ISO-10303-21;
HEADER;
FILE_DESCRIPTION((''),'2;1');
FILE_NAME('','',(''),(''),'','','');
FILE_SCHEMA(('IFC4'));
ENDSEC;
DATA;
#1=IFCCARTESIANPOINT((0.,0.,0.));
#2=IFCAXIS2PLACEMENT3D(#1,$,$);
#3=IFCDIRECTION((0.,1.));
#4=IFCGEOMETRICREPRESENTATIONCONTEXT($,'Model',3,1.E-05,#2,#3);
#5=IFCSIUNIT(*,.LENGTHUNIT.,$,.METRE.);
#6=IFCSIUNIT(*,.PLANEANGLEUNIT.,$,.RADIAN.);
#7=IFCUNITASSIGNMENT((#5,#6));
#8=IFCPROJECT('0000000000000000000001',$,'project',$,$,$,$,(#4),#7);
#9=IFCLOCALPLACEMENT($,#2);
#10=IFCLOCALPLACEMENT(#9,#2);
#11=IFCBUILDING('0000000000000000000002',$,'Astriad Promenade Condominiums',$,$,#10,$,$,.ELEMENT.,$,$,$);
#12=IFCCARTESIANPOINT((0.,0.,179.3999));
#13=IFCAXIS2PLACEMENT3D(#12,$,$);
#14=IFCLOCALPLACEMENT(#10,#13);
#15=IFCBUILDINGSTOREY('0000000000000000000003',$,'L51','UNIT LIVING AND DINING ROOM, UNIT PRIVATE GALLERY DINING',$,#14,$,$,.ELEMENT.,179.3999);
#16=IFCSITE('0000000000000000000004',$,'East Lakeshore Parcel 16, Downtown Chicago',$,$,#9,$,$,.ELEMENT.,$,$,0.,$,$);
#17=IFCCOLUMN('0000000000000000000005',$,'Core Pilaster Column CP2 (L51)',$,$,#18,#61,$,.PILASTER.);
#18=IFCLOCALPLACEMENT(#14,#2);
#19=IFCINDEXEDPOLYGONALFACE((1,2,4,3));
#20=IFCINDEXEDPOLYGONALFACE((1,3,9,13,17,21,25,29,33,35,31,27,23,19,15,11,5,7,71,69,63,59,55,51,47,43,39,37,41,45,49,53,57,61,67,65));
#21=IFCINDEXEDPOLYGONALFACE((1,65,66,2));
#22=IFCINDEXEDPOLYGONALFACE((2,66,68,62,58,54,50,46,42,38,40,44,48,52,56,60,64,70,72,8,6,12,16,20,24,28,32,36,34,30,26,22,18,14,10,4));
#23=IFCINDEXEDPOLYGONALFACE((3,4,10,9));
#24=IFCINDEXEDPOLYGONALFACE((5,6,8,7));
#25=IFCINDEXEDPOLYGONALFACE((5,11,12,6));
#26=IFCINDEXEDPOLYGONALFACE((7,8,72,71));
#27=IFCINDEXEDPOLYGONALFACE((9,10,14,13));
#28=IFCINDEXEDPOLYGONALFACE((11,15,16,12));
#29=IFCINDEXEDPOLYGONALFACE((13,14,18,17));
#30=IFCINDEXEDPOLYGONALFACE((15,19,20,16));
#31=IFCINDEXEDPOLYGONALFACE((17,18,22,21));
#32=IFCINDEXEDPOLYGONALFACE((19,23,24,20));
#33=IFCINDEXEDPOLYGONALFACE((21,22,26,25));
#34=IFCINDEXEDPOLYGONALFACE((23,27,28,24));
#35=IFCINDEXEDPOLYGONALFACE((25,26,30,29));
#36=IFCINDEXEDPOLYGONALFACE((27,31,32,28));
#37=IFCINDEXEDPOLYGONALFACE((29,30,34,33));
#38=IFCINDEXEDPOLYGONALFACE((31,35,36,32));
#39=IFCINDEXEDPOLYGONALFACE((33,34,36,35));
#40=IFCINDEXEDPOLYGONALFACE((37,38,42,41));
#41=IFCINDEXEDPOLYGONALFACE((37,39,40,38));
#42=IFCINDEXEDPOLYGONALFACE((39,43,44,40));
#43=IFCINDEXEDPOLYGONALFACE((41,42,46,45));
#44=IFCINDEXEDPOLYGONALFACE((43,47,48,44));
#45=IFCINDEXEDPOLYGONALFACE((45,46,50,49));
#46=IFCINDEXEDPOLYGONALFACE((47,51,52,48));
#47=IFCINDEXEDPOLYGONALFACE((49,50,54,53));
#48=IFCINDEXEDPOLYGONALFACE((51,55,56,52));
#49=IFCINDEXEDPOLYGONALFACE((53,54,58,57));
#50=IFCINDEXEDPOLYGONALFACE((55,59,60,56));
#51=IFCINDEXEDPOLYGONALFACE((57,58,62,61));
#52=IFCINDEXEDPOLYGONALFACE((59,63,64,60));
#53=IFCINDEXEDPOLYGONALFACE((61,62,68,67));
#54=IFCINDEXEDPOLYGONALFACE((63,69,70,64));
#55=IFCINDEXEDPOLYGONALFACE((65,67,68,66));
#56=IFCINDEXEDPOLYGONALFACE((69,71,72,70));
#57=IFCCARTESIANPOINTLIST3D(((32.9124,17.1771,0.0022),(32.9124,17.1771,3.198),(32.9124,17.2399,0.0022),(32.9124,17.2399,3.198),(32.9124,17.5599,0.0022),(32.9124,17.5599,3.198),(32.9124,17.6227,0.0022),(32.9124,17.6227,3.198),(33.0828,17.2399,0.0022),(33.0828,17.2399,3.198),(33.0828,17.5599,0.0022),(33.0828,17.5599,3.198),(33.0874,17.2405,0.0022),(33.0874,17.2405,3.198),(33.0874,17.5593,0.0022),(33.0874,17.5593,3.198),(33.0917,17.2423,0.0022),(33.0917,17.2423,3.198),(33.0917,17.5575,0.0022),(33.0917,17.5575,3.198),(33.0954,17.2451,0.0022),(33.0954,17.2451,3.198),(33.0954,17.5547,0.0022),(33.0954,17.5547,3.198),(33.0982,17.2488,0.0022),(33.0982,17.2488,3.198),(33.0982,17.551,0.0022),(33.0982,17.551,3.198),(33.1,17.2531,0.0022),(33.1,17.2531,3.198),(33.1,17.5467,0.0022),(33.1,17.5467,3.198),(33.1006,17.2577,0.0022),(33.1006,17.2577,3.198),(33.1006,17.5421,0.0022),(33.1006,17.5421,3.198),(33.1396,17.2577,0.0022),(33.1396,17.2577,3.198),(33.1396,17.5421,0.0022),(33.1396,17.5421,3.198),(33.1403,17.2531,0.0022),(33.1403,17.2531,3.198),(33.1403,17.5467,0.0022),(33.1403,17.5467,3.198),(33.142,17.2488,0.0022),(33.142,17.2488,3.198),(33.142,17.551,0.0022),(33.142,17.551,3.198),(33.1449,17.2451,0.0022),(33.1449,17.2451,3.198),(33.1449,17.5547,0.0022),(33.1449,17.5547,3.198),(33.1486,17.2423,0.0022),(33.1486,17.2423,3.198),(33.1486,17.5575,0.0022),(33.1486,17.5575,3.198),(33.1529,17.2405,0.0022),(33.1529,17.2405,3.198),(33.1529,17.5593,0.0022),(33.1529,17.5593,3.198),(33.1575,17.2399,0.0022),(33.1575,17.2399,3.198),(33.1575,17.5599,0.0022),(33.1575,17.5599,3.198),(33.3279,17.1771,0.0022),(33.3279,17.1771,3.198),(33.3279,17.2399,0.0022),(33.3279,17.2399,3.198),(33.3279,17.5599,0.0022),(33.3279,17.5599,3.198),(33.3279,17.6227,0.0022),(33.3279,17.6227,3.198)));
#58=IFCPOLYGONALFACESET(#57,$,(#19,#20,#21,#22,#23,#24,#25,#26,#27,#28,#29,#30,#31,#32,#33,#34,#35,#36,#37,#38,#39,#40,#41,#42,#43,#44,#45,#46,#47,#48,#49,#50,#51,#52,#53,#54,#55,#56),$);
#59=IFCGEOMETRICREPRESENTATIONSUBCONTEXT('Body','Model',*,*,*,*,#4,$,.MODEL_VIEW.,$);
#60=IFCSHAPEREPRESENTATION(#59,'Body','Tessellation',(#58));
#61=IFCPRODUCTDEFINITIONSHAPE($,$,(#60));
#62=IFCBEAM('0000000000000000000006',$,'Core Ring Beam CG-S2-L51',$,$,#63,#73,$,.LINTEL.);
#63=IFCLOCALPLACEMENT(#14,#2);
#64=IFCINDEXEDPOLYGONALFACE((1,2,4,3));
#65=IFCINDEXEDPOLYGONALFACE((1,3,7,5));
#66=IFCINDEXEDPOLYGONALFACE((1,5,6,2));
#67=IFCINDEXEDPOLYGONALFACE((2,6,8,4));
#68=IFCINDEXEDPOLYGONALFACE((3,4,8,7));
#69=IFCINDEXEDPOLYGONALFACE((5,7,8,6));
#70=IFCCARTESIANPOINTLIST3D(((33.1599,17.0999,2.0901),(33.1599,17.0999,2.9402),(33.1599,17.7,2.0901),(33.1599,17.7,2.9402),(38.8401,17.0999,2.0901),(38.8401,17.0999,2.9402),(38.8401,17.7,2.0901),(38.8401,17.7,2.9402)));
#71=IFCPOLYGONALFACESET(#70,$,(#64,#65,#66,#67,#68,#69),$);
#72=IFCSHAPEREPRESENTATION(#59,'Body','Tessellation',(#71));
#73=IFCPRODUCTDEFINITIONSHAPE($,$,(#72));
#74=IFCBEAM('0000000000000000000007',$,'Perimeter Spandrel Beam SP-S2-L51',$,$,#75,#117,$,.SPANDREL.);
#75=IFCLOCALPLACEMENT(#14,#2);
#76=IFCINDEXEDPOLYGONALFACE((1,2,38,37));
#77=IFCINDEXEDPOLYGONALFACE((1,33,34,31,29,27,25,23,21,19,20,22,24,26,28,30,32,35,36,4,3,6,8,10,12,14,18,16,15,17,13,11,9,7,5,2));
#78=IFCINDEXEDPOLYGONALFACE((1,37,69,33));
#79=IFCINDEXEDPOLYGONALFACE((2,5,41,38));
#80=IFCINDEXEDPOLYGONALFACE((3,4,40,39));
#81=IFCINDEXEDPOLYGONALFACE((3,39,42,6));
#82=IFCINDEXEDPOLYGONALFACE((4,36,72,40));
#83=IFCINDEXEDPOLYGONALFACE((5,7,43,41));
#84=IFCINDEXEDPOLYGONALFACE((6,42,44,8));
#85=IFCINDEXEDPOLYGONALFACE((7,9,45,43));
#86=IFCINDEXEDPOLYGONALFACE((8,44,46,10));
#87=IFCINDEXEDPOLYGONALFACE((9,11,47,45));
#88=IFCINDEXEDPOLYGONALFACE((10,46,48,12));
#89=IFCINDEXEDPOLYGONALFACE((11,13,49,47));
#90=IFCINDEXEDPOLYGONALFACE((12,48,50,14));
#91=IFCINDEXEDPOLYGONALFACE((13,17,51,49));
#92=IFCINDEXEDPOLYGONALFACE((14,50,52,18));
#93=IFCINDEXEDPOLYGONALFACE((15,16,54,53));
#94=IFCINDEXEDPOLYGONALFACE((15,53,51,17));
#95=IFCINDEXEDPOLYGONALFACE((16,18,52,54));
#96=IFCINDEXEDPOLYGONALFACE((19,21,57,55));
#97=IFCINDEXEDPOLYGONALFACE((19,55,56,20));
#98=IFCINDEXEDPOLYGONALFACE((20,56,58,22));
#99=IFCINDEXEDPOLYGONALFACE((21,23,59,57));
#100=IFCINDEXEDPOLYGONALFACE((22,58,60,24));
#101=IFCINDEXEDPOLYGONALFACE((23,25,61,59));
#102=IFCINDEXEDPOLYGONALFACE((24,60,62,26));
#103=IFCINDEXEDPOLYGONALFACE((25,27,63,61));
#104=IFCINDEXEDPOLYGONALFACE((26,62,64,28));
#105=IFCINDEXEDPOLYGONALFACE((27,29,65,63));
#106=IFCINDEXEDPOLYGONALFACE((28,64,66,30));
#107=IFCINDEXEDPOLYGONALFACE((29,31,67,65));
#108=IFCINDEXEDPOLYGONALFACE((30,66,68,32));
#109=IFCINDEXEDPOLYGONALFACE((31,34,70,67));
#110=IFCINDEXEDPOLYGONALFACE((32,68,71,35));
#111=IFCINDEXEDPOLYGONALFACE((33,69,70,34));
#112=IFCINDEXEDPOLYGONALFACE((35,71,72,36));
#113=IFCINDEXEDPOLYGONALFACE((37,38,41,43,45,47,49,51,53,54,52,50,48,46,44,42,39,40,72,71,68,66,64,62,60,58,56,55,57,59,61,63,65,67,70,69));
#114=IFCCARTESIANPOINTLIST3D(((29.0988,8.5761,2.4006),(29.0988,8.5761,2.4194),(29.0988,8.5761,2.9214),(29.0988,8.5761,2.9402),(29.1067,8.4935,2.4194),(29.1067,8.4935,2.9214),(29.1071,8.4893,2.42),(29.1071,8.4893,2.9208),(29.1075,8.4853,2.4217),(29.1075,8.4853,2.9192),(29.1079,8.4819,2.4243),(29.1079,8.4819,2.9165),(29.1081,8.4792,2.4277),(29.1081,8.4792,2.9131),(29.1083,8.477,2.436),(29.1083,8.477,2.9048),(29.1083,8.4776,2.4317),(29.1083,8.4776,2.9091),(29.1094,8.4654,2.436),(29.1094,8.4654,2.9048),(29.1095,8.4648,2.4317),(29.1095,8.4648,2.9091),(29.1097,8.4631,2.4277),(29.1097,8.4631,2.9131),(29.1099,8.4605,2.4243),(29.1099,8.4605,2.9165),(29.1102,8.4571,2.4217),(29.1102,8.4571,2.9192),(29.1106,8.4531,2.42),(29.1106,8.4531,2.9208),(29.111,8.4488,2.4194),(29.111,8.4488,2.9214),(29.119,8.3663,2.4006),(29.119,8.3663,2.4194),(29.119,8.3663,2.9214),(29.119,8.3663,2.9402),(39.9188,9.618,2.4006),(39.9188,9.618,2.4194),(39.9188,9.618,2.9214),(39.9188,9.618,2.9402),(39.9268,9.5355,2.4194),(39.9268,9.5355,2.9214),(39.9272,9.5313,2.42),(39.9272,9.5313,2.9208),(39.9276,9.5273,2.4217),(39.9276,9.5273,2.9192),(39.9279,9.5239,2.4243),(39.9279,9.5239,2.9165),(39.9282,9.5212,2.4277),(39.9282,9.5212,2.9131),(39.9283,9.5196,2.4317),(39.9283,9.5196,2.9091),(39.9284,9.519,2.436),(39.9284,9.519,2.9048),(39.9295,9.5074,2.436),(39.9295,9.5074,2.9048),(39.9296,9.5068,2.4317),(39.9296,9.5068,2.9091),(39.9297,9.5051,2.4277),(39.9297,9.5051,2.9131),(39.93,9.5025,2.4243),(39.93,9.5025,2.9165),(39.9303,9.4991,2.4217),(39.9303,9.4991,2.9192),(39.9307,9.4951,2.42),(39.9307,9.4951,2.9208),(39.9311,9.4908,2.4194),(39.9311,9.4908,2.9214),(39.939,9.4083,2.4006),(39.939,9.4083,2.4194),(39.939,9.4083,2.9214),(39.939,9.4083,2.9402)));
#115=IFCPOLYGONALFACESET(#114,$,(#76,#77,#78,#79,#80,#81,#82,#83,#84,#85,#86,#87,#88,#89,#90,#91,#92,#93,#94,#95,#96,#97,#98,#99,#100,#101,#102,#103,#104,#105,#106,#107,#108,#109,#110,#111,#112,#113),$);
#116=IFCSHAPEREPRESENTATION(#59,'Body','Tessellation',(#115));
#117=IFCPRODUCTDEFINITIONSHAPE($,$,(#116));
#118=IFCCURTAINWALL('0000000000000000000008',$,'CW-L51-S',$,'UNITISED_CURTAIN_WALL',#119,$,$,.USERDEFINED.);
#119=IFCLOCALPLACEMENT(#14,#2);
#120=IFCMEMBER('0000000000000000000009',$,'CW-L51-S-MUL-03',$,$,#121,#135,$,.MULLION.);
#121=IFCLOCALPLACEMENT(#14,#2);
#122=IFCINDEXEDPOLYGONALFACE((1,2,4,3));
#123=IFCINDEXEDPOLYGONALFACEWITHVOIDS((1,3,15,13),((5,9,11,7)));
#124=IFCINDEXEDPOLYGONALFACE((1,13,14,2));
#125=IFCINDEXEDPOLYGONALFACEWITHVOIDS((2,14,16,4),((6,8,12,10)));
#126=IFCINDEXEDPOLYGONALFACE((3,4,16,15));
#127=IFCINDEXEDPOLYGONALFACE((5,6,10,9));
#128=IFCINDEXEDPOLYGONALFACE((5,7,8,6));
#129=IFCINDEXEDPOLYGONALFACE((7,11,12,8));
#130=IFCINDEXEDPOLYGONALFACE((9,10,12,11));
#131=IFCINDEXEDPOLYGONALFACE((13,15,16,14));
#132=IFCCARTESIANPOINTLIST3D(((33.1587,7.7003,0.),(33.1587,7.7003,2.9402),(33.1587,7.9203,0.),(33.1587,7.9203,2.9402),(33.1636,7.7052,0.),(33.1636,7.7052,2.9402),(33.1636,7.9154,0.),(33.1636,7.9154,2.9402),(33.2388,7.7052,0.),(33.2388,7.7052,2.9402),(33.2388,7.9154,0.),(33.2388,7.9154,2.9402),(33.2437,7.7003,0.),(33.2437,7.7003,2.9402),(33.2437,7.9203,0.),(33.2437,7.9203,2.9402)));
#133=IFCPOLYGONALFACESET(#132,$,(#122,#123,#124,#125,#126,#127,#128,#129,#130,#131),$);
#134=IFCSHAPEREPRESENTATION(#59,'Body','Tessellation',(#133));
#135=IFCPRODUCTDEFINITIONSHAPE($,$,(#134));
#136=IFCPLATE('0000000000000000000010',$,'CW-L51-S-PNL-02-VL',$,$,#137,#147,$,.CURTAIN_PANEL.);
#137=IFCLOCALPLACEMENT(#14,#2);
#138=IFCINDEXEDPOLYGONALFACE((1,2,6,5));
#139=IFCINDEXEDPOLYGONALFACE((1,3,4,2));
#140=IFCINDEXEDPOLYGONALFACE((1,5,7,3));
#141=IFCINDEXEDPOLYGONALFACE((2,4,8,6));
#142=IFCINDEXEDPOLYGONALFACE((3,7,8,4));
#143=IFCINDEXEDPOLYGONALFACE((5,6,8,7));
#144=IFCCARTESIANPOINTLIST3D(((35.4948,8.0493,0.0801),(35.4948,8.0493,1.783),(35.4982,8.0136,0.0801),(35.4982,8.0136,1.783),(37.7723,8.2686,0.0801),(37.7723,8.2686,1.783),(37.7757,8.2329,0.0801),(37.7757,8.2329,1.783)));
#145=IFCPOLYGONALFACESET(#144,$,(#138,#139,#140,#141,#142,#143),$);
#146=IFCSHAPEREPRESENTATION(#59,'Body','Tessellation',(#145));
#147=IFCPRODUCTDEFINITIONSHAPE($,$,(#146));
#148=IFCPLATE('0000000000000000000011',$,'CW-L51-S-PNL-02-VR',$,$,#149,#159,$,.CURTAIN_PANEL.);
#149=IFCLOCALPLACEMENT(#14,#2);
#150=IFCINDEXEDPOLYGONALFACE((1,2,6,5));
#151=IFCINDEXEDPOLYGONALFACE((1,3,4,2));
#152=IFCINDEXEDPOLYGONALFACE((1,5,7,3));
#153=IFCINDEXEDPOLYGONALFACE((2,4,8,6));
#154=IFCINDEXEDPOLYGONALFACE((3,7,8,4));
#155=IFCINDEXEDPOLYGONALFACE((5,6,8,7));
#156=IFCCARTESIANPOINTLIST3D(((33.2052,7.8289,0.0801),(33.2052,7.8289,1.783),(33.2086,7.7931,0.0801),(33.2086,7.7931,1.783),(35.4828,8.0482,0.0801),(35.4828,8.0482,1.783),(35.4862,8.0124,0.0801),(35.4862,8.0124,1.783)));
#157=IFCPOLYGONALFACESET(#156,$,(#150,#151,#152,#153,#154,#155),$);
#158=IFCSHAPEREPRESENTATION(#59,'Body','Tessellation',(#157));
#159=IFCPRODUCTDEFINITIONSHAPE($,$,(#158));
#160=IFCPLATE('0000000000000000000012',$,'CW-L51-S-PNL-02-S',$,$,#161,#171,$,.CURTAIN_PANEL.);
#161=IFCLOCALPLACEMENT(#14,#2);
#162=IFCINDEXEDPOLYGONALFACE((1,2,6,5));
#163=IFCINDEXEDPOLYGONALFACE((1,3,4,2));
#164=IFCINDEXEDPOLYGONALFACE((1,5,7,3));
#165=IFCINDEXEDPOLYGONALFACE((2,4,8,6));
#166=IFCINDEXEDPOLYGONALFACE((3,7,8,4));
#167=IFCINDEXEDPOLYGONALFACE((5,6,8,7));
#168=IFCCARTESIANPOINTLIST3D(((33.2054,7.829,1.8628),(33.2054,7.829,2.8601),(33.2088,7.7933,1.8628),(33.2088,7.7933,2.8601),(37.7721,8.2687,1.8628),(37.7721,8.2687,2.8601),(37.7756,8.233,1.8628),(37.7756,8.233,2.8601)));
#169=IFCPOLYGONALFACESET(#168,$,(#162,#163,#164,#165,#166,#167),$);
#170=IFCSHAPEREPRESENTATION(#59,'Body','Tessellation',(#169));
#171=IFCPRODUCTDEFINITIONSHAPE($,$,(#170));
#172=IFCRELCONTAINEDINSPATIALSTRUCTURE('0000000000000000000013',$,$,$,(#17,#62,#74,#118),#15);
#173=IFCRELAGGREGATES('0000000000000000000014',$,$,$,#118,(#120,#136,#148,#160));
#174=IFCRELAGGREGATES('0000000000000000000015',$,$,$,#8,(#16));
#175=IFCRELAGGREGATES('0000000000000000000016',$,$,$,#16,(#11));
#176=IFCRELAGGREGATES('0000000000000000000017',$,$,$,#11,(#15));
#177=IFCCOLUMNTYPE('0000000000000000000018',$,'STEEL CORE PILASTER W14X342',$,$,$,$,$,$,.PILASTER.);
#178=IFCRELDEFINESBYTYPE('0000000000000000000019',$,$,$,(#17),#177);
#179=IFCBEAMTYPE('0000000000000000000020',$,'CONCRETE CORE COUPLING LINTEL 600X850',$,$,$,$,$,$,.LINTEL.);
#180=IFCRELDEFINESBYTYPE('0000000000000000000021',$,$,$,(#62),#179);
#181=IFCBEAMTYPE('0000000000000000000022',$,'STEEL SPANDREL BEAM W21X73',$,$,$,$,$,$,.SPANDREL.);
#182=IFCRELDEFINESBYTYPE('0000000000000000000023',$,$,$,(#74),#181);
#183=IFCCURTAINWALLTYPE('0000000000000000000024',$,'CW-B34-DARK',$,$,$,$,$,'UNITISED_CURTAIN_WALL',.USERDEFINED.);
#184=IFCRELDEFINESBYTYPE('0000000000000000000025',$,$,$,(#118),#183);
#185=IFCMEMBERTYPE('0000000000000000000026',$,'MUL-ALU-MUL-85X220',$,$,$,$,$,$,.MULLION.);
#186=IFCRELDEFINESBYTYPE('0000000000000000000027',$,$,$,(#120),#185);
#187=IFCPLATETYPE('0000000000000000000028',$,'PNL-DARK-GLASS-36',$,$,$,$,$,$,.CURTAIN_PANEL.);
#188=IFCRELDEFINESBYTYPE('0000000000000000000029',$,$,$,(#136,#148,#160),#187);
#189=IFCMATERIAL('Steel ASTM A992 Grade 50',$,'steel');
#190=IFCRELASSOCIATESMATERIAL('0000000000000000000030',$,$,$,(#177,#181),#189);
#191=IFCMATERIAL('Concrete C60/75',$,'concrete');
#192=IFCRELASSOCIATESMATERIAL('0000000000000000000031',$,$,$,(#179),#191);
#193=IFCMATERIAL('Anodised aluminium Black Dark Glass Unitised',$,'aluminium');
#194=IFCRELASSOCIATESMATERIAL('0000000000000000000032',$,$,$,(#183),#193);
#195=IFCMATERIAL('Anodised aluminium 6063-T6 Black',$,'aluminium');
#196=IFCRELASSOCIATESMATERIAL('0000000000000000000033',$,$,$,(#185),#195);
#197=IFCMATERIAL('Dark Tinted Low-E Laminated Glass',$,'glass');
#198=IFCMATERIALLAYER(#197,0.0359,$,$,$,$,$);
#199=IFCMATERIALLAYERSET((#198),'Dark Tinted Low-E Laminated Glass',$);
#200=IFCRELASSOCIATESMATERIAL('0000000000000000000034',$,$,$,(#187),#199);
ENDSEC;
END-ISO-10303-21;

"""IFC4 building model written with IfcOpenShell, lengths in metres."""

from ifc_helpers import new_model, si_unit, direction, frame, origin, origin_2d, place, context, subcontext, project, spatial, rectangle, hollow_rectangle, i_section, extrude, source, transform, mapped, material, layer, layer_set, material_profile, profile_set, type_object, type_shapes, element, aggregate, save


model = new_model("IFC4")

# Units and contexts
model_context = context("Model", 3, precision=1e-05, world=origin(), true_north=direction((0.0, 1.0)))
body_context = subcontext(model_context, "Body", "Model", "MODEL_VIEW")
ifc_project = project(units=[si_unit("LENGTHUNIT", "METRE"), si_unit("PLANEANGLEUNIT", "RADIAN")], contexts=[model_context])

# Site, building, storey
site_placement = place(None, origin())
site = spatial("IfcSite", under=ifc_project, at=site_placement, Name="East Lakeshore Parcel 16, Downtown Chicago", CompositionType="ELEMENT", RefElevation=0.0)
building_placement = place(site_placement, origin())
building = spatial("IfcBuilding", under=site, at=building_placement, Name="Astriad Promenade Condominiums", CompositionType="ELEMENT")
storey_placement = place(building_placement, frame((0.0, 0.0, 179.3999)))
storey = spatial("IfcBuildingStorey", under=building, at=storey_placement, Name="L51", Description="UNIT LIVING AND DINING ROOM, UNIT PRIVATE GALLERY DINING", CompositionType="ELEMENT", Elevation=179.3999)

# Column
ifc_material_1 = material(Name="Steel ASTM A992 Grade 50", Category="steel")
ifc_material_profile_1 = material_profile(ifc_material_1, i_section(OverallWidth=0.4155, OverallDepth=0.4456, WebThickness=0.0391, FlangeThickness=0.0627, FilletRadius=0.0178, at=origin_2d()), Name="W14X342")
ifc_profile_set_1 = profile_set([ifc_material_profile_1], Name="Steel ASTM A992 Grade 50")
column_type = type_object("IfcColumnType", Name="STEEL CORE PILASTER W14X342", PredefinedType="PILASTER", material=ifc_profile_set_1)
shared_shape_1 = source(origin(), body_context, "Body", "SweptSolid", [
    extrude(i_section(OverallWidth=0.4155, OverallDepth=0.4456, WebThickness=0.0391, FlangeThickness=0.0627, FilletRadius=0.0178, at=origin_2d()), origin(), (0.0, 0.0, 1.0), 3.1958),
])
type_shapes(column_type, [shared_shape_1])
column_placement = place(storey_placement, frame((33.1201, 17.3999, 0.0022), z_axis=(0.0, 0.0, 1.0), x_axis=(1.0, 0.0, 0.0)))
element("IfcColumn", 1, at=column_placement, inside=storey, type_object=column_type, Name="Core Pilaster Column CP2 (L51)", PredefinedType="PILASTER", context=body_context, shape_type="MappedRepresentation", body=[
    mapped(shared_shape_1, transform((0.0, 0.0, 0.0), scale=1.0)),
])

# Beams
ifc_material_2 = material(Name="Concrete C60/75", Category="concrete")
ifc_material_profile_2 = material_profile(ifc_material_2, rectangle(XDim=0.6001, YDim=0.8501, at=origin_2d()), Name="RC-BM-600X850")
ifc_profile_set_2 = profile_set([ifc_material_profile_2], Name="Concrete C60/75")
beam_type_1 = type_object("IfcBeamType", Name="CONCRETE CORE COUPLING LINTEL 600X850", PredefinedType="LINTEL", material=ifc_profile_set_2)
shared_shape_2 = source(origin(), body_context, "Body", "SweptSolid", [
    extrude(rectangle(XDim=0.6001, YDim=0.8501, at=origin_2d()), origin(), (0.0, 0.0, 1.0), 5.6802),
])
type_shapes(beam_type_1, [shared_shape_2])
beam_1_placement = place(storey_placement, frame((33.1599, 17.3999, 2.5151), z_axis=(1.0, 0.0, 0.0), x_axis=(0.0, 1.0, 0.0)))
element("IfcBeam", 2, at=beam_1_placement, inside=storey, type_object=beam_type_1, Name="Core Ring Beam CG-S2-L51", PredefinedType="LINTEL", context=body_context, shape_type="MappedRepresentation", body=[
    mapped(shared_shape_2, transform((0.0, 0.0, 0.0), scale=1.0)),
])
ifc_material_profile_3 = material_profile(ifc_material_1, i_section(OverallWidth=0.2107, OverallDepth=0.5396, WebThickness=0.0117, FlangeThickness=0.0188, FilletRadius=0.0166, at=origin_2d()), Name="W21X73")
ifc_profile_set_3 = profile_set([ifc_material_profile_3], Name="Steel ASTM A992 Grade 50")
beam_type_2 = type_object("IfcBeamType", Name="STEEL SPANDREL BEAM W21X73", PredefinedType="SPANDREL", material=ifc_profile_set_3)
shared_shape_3 = source(origin(), body_context, "Body", "SweptSolid", [
    extrude(i_section(OverallWidth=0.2107, OverallDepth=0.5396, WebThickness=0.0117, FlangeThickness=0.0188, FilletRadius=0.0166, at=origin_2d()), origin(), (0.0, 0.0, 1.0), 10.8701),
])
type_shapes(beam_type_2, [shared_shape_3])
beam_2_placement = place(storey_placement, frame((29.1089, 8.4712, 2.6704), z_axis=(0.995395, 0.095858, 0.0), x_axis=(-0.095858, 0.995395, 0.0)))
element("IfcBeam", 3, at=beam_2_placement, inside=storey, type_object=beam_type_2, Name="Perimeter Spandrel Beam SP-S2-L51", PredefinedType="SPANDREL", context=body_context, shape_type="MappedRepresentation", body=[
    mapped(shared_shape_3, transform((0.0, 0.0, 0.0), scale=1.0)),
])

# Curtain wall, member, plates
ifc_material_3 = material(Name="Anodised aluminium Black Dark Glass Unitised", Category="aluminium")
curtain_wall_type = type_object("IfcCurtainWallType", Name="CW-B34-DARK", ElementType="UNITISED_CURTAIN_WALL", PredefinedType="USERDEFINED", material=ifc_material_3)
curtain_wall_placement = place(storey_placement, origin())
curtain_wall = element("IfcCurtainWall", 4, at=curtain_wall_placement, inside=storey, type_object=curtain_wall_type, Name="CW-L51-S", ObjectType="UNITISED_CURTAIN_WALL", PredefinedType="USERDEFINED")
ifc_material_4 = material(Name="Anodised aluminium 6063-T6 Black", Category="aluminium")
ifc_material_profile_4 = material_profile(ifc_material_4, hollow_rectangle(XDim=0.085, YDim=0.22, WallThickness=0.0049, at=origin_2d()), Name="ALU-MUL-85X220")
ifc_profile_set_4 = profile_set([ifc_material_profile_4], Name="Anodised aluminium 6063-T6 Black")
member_type = type_object("IfcMemberType", Name="MUL-ALU-MUL-85X220", PredefinedType="MULLION", material=ifc_profile_set_4)
shared_shape_4 = source(origin(), body_context, "Body", "SweptSolid", [
    extrude(hollow_rectangle(XDim=0.085, YDim=0.22, WallThickness=0.0049, at=origin_2d()), origin(), (0.0, 0.0, 1.0), 2.9402),
])
type_shapes(member_type, [shared_shape_4])
member_placement = place(storey_placement, frame((33.2012, 7.8103, 0.0), z_axis=(0.0, 0.0, 1.0), x_axis=(1.0, 0.0, 0.0)))
member = element("IfcMember", 5, at=member_placement, type_object=member_type, Name="CW-L51-S-MUL-03", PredefinedType="MULLION", context=body_context, shape_type="MappedRepresentation", body=[
    mapped(shared_shape_4, transform((0.0, 0.0, 0.0), scale=1.0)),
])
ifc_material_5 = material(Name="Dark Tinted Low-E Laminated Glass", Category="glass")
ifc_layer_1 = layer(ifc_material_5, 0.0359)
ifc_layer_set_1 = layer_set([ifc_layer_1], Name="Dark Tinted Low-E Laminated Glass")
plate_type = type_object("IfcPlateType", Name="PNL-DARK-GLASS-36", PredefinedType="CURTAIN_PANEL", material=ifc_layer_set_1)
shared_shape_5 = source(origin(), body_context, "Body", "SweptSolid", [
    extrude(rectangle(XDim=2.2881, YDim=0.0359, at=origin_2d()), origin(), (0.0, 0.0, 1.0), 1.7029),
])
plate_1_placement = place(storey_placement, frame((36.6353, 8.1411, 0.0801), z_axis=(0.0, 0.0, 1.0), x_axis=(-0.995396, -0.095846, 0.0)))
plate_1 = element("IfcPlate", 6, at=plate_1_placement, type_object=plate_type, Name="CW-L51-S-PNL-02-VL", PredefinedType="CURTAIN_PANEL", context=body_context, shape_type="MappedRepresentation", body=[
    mapped(shared_shape_5, transform((0.0, 0.0, 0.0), scale=1.0)),
])
plate_2_placement = place(storey_placement, frame((34.3457, 7.9207, 0.0801), z_axis=(0.0, 0.0, 1.0), x_axis=(-0.995396, -0.095846, 0.0)))
plate_2 = element("IfcPlate", 7, at=plate_2_placement, type_object=plate_type, Name="CW-L51-S-PNL-02-VR", PredefinedType="CURTAIN_PANEL", context=body_context, shape_type="MappedRepresentation", body=[
    mapped(shared_shape_5, transform((0.0, 0.0, 0.0), scale=1.0)),
])
shared_shape_6 = source(origin(), body_context, "Body", "SweptSolid", [
    extrude(rectangle(XDim=4.5879, YDim=0.0359, at=origin_2d()), origin(), (0.0, 0.0, 1.0), 0.9973),
])
type_shapes(plate_type, [shared_shape_5, shared_shape_6])
plate_3_placement = place(storey_placement, frame((35.4905, 8.031, 1.8628), z_axis=(0.0, 0.0, 1.0), x_axis=(-0.995396, -0.095846, 0.0)))
plate_3 = element("IfcPlate", 8, at=plate_3_placement, type_object=plate_type, Name="CW-L51-S-PNL-02-S", PredefinedType="CURTAIN_PANEL", context=body_context, shape_type="MappedRepresentation", body=[
    mapped(shared_shape_6, transform((0.0, 0.0, 0.0), scale=1.0)),
])
aggregate(curtain_wall, [member, plate_1, plate_2, plate_3])

save(model, "model.ifc")
